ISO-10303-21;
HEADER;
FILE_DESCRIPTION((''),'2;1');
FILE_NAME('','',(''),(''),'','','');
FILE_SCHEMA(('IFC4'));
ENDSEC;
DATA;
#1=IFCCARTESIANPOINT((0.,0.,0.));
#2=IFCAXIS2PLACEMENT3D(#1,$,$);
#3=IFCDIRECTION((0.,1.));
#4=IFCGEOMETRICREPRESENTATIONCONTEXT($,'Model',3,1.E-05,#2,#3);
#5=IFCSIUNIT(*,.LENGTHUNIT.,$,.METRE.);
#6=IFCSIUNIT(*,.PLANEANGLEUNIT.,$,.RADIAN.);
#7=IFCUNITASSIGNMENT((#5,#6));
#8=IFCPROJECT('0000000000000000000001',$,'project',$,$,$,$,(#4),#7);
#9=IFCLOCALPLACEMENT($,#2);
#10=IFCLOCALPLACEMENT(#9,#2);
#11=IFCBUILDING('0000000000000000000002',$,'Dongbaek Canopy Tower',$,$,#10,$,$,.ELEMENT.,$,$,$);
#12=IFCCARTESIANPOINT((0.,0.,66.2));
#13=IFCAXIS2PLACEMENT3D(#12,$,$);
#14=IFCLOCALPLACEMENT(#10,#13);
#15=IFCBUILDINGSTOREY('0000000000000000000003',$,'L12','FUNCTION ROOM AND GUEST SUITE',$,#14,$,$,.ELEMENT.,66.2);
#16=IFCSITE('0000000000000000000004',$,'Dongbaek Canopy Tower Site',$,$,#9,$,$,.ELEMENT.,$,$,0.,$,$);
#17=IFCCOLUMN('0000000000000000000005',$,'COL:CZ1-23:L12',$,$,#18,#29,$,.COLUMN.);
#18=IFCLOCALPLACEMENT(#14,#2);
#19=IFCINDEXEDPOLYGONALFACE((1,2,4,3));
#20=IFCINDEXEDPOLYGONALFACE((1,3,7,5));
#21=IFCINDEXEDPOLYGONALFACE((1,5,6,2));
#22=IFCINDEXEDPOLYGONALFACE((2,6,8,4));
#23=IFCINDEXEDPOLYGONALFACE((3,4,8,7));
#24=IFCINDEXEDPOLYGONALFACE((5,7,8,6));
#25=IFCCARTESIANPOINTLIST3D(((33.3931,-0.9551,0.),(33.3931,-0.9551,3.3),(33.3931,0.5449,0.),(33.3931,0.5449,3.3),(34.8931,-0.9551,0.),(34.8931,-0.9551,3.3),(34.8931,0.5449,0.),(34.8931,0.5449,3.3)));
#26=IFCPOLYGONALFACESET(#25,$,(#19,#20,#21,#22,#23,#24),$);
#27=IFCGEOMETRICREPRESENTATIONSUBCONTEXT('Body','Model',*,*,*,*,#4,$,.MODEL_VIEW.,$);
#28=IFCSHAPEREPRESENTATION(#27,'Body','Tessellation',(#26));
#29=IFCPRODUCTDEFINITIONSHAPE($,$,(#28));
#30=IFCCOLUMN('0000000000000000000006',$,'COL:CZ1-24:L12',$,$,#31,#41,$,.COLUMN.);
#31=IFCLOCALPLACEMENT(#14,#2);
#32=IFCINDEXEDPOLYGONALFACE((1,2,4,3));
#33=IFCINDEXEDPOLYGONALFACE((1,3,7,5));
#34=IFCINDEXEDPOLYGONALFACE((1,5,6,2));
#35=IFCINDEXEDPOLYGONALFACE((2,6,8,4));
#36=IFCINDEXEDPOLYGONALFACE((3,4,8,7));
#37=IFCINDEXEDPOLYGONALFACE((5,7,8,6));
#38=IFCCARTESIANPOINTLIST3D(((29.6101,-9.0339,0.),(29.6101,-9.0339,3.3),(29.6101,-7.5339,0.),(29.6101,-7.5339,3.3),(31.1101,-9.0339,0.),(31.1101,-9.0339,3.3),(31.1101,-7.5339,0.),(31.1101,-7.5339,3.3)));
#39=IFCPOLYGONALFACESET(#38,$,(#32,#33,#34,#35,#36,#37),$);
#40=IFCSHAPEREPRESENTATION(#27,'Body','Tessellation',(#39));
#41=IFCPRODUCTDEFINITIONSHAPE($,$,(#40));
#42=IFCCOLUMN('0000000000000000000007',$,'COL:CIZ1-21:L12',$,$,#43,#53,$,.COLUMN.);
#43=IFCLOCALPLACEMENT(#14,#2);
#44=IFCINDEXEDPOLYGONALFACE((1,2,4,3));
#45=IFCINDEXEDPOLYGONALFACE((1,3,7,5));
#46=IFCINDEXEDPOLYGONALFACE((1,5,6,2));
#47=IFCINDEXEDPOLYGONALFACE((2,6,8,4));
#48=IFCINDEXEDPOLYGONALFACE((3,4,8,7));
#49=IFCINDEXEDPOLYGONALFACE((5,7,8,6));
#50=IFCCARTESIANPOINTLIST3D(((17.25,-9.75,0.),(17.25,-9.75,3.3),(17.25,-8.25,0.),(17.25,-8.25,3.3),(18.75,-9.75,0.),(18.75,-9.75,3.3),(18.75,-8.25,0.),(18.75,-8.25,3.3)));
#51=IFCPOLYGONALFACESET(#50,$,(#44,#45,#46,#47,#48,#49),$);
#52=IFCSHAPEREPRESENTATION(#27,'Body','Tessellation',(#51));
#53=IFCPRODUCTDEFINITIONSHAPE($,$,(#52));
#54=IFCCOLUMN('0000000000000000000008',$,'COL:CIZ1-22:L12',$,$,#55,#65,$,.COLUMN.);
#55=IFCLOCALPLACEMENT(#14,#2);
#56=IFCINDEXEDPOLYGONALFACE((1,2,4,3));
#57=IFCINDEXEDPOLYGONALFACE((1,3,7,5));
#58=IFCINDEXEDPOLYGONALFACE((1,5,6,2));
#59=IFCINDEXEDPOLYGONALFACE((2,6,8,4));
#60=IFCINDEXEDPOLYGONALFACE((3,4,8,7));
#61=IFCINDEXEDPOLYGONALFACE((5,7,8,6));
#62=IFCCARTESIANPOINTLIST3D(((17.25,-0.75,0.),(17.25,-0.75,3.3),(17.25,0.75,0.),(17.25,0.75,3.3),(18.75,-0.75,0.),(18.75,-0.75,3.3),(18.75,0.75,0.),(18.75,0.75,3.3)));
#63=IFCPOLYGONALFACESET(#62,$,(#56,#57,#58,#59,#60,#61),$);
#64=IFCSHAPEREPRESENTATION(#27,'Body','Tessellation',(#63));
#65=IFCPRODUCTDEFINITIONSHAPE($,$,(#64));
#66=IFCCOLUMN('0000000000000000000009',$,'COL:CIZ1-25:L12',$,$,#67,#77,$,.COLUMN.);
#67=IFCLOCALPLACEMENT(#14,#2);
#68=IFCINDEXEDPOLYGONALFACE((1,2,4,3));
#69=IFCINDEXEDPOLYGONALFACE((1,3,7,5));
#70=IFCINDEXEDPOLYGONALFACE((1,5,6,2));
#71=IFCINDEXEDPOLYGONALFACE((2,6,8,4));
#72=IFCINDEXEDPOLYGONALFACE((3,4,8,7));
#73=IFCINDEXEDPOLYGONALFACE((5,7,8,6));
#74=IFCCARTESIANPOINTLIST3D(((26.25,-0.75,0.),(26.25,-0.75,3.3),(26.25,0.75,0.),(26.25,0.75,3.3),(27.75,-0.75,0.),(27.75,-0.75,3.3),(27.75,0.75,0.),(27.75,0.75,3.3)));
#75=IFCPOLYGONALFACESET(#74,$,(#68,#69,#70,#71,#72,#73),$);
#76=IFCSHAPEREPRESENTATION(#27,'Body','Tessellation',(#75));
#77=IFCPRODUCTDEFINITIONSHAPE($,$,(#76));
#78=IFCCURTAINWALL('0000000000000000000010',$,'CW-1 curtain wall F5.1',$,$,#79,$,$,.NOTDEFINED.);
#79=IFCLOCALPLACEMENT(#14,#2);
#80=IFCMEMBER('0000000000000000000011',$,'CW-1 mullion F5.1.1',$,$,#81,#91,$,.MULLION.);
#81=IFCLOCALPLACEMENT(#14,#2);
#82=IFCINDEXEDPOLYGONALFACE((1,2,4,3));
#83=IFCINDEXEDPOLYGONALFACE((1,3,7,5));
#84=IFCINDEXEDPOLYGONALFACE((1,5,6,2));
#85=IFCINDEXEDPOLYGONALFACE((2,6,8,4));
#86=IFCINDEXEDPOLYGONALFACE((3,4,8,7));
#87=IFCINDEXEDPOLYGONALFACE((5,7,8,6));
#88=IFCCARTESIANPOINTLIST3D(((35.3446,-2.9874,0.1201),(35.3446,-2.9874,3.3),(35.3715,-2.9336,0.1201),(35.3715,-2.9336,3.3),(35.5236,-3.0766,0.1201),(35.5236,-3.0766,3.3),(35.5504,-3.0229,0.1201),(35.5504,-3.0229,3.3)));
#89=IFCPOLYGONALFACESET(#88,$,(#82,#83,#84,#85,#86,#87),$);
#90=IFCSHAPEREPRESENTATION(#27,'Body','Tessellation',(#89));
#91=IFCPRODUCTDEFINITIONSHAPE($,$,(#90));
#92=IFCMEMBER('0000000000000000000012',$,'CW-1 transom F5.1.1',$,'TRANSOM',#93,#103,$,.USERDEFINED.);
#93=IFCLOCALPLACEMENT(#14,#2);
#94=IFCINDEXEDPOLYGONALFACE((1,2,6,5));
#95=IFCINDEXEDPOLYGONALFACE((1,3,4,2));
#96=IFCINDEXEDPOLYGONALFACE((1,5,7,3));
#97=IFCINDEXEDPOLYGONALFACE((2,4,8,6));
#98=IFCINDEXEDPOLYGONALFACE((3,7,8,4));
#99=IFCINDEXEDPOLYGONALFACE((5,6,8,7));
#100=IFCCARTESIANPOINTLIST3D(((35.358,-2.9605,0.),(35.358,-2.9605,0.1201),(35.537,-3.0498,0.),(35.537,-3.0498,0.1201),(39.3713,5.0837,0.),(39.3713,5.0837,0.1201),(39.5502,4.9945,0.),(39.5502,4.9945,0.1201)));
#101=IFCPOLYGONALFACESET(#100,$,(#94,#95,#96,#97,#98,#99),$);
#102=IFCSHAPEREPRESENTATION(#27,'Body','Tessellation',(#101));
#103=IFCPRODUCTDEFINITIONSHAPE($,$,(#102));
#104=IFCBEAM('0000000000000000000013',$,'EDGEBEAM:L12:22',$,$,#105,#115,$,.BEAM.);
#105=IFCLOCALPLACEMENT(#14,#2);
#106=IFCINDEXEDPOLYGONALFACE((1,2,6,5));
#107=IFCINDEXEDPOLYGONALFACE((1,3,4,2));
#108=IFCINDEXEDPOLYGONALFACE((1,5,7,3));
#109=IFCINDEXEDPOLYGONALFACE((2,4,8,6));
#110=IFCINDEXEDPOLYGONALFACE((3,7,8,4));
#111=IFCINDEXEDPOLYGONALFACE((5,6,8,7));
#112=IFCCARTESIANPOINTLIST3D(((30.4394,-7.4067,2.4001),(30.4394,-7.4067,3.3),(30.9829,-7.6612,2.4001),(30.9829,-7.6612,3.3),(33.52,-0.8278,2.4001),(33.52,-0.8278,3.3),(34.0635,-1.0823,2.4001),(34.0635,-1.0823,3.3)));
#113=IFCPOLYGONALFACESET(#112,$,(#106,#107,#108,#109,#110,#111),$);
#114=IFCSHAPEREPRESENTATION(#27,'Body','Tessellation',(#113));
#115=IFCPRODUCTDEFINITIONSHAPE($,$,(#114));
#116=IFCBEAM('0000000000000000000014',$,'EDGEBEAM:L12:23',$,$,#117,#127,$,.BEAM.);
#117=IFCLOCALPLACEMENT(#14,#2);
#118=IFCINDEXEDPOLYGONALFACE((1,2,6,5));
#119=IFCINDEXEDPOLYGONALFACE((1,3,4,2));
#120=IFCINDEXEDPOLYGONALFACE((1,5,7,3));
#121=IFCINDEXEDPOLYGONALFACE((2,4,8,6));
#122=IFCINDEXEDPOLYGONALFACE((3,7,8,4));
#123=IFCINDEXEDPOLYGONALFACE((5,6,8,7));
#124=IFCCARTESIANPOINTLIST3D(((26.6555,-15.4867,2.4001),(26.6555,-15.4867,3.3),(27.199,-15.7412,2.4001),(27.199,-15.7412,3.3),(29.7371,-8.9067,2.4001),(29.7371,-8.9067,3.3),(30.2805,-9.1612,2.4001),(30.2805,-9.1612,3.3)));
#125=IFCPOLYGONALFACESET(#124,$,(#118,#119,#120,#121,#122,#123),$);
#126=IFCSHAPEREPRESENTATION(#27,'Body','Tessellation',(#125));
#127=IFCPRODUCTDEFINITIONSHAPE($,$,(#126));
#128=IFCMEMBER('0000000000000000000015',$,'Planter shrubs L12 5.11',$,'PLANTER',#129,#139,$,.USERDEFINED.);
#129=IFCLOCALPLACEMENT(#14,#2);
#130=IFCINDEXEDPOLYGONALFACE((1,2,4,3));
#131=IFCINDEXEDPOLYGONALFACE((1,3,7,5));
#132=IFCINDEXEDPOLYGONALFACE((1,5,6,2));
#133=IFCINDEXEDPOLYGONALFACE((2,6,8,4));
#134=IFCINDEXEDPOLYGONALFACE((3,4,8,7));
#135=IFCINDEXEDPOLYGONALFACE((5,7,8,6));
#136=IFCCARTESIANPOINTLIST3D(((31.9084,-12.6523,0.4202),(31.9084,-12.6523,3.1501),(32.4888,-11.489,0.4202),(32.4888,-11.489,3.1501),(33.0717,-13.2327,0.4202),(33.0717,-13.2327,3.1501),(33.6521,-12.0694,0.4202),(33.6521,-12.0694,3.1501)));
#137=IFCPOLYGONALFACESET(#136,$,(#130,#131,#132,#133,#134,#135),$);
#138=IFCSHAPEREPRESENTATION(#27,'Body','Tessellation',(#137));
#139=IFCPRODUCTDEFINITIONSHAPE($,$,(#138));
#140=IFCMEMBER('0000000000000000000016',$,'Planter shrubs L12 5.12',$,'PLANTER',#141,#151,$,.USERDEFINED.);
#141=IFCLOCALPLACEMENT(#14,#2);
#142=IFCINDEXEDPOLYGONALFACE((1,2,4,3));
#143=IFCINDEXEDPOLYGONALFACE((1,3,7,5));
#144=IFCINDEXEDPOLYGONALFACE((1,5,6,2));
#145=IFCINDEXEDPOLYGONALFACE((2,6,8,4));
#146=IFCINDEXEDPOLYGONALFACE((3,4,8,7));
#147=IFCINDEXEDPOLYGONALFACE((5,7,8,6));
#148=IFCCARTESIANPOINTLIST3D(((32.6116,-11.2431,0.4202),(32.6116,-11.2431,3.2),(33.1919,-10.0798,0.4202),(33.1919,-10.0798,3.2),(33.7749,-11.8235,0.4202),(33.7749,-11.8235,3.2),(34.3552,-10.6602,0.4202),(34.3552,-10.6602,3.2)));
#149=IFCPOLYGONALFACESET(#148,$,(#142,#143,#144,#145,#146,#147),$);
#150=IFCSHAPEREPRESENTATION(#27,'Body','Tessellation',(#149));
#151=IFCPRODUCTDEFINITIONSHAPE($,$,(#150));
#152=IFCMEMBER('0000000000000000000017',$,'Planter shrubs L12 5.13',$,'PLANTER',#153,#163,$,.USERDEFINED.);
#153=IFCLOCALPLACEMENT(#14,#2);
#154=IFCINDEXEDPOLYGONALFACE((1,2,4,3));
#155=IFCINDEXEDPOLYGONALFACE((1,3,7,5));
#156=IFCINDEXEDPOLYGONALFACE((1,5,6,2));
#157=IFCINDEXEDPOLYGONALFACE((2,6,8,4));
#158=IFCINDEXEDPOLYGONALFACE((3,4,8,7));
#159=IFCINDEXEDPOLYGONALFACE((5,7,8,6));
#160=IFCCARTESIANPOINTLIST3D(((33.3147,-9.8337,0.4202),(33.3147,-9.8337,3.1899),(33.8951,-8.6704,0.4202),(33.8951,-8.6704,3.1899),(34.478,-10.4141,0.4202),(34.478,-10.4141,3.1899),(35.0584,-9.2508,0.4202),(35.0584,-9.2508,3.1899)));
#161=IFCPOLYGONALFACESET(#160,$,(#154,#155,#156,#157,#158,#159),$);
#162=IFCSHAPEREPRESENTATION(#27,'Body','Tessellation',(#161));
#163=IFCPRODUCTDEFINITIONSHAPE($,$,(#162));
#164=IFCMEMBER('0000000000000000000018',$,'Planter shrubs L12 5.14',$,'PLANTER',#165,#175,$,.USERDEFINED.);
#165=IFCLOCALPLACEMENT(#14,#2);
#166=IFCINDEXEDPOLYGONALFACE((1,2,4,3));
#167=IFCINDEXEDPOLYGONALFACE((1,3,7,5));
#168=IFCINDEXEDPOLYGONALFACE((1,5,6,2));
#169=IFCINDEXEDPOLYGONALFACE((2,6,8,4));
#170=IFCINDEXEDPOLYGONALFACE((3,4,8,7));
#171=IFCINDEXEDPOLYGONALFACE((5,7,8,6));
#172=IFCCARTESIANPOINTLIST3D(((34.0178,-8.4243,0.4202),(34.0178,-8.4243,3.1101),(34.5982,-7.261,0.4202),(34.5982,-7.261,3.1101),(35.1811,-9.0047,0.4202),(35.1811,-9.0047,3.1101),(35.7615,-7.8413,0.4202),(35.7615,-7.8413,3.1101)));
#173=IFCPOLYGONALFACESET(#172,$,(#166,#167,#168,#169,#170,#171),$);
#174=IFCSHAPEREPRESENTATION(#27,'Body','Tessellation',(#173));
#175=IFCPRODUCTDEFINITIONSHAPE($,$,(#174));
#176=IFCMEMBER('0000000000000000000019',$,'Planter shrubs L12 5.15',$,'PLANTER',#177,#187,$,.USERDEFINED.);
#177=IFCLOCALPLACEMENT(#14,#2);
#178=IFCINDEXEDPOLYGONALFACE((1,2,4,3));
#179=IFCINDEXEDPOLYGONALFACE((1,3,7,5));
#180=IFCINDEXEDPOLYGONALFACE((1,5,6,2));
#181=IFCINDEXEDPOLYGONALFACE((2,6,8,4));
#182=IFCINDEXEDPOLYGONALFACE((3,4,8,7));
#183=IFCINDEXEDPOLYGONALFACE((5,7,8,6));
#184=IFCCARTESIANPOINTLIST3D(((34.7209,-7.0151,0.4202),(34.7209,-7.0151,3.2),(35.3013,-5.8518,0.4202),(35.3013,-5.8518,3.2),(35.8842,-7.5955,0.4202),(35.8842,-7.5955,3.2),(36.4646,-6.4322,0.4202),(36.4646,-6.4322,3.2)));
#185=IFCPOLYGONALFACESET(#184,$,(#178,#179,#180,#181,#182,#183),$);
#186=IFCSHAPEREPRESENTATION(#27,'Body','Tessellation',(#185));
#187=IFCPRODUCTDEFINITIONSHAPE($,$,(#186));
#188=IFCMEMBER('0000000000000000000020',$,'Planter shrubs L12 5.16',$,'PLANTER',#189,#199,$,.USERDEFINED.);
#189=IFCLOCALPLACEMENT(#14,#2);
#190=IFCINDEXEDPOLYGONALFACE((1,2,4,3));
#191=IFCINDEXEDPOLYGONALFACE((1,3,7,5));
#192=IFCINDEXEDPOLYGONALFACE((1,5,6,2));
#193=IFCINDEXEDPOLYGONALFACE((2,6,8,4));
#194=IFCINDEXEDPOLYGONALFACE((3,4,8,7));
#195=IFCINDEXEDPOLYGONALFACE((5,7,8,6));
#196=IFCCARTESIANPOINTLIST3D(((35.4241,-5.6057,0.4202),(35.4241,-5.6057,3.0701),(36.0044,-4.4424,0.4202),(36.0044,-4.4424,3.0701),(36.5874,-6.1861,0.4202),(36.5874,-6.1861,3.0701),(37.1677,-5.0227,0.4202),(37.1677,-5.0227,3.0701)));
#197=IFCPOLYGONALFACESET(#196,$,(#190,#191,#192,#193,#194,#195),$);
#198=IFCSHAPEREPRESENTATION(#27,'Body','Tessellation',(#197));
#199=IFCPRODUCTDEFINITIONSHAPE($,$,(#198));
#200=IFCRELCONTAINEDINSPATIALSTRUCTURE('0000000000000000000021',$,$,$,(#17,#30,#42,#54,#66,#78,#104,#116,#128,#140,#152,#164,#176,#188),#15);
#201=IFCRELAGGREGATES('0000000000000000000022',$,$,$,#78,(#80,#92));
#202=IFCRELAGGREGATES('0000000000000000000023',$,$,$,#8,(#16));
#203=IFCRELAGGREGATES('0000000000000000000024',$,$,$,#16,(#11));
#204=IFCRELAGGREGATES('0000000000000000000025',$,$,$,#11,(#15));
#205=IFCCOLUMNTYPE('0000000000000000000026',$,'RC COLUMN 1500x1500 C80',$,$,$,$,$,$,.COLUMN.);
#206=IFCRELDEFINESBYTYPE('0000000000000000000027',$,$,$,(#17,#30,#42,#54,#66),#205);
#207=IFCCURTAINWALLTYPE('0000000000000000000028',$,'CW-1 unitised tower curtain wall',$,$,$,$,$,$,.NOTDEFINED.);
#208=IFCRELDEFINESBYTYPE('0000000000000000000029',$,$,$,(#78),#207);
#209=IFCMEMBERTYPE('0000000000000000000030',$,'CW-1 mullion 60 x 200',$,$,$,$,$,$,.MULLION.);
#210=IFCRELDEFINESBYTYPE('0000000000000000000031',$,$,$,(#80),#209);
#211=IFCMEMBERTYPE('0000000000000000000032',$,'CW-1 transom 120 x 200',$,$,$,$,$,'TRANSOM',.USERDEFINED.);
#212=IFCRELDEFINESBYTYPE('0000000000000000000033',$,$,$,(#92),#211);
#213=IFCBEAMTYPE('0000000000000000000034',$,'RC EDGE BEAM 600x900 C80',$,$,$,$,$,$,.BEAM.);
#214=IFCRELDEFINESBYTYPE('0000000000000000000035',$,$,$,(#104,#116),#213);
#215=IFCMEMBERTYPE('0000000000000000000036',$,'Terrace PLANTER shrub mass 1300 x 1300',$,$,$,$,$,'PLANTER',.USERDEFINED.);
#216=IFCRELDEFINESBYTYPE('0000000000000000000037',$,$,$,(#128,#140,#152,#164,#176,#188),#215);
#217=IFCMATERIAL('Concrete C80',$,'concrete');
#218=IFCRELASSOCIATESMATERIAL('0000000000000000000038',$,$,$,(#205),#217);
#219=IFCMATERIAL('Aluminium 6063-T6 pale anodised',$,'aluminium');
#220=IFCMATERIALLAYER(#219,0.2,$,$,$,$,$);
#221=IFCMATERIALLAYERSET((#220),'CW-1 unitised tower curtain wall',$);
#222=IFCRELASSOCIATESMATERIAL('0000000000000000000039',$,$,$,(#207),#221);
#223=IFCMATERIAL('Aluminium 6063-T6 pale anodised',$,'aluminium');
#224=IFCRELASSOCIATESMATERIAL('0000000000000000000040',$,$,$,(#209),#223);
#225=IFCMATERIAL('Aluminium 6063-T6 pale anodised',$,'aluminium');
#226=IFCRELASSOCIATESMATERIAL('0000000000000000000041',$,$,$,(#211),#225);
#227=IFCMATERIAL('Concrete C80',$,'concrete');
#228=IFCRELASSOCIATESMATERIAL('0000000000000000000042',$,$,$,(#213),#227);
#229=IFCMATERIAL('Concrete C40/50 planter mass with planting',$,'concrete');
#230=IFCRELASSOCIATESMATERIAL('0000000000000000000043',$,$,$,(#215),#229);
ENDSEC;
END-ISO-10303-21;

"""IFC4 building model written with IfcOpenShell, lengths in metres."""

from ifc_helpers import new_model, si_unit, direction, frame, origin, origin_2d, place, context, subcontext, project, spatial, rectangle, extrude, material, layer, layer_set, material_profile, profile_set, type_object, element, aggregate, save


model = new_model("IFC4")

# Units and contexts
model_context = context("Model", 3, precision=1e-05, world=origin(), true_north=direction((0.0, 1.0)))
body_context = subcontext(model_context, "Body", "Model", "MODEL_VIEW")
ifc_project = project(units=[si_unit("LENGTHUNIT", "METRE"), si_unit("PLANEANGLEUNIT", "RADIAN")], contexts=[model_context])

# Site, building, storey
site_placement = place(None, origin())
site = spatial("IfcSite", under=ifc_project, at=site_placement, Name="Dongbaek Canopy Tower Site", CompositionType="ELEMENT", RefElevation=0.0)
building_placement = place(site_placement, origin())
building = spatial("IfcBuilding", under=site, at=building_placement, Name="Dongbaek Canopy Tower", CompositionType="ELEMENT")
storey_placement = place(building_placement, frame((0.0, 0.0, 66.2)))
storey = spatial("IfcBuildingStorey", under=building, at=storey_placement, Name="L12", Description="FUNCTION ROOM AND GUEST SUITE", CompositionType="ELEMENT", Elevation=66.2)

# Columns
ifc_material_1 = material(Name="Concrete C80", Category="concrete")
ifc_material_profile_1 = material_profile(ifc_material_1, rectangle(XDim=1.5, YDim=1.5, at=origin_2d()), Name="RC COLUMN 1500x1500 C80")
ifc_profile_set_1 = profile_set([ifc_material_profile_1], Name="Concrete C80")
column_type = type_object("IfcColumnType", Name="RC COLUMN 1500x1500 C80", PredefinedType="COLUMN", material=ifc_profile_set_1)
for number, where, z_axis, x_axis, name in (
    (1, (34.1431, -0.2051, 0.0), (0.0, 0.0, 1.0), (1.0, 0.0, 0.0), "COL:CZ1-23:L12"),
    (2, (30.3601, -8.2839, 0.0), (0.0, 0.0, 1.0), (1.0, 0.0, 0.0), "COL:CZ1-24:L12"),
    (3, (18.0, -9.0, 0.0), (0.0, 0.0, 1.0), (1.0, 0.0, 0.0), "COL:CIZ1-21:L12"),
    (4, (18.0, 0.0, 0.0), (0.0, 0.0, 1.0), (1.0, 0.0, 0.0), "COL:CIZ1-22:L12"),
    (5, (27.0, 0.0, 0.0), (0.0, 0.0, 1.0), (1.0, 0.0, 0.0), "COL:CIZ1-25:L12"),
):
    element("IfcColumn", number, at=place(storey_placement, frame(where, z_axis=z_axis, x_axis=x_axis)), inside=storey, type_object=column_type, Name=name, PredefinedType="COLUMN", context=body_context, shape_type="SweptSolid", body=[
        extrude(rectangle(XDim=1.5, YDim=1.5, at=origin_2d()), origin(), (0.0, 0.0, 1.0), 3.3),
    ])

# Curtain wall, members
ifc_material_2 = material(Name="Aluminium 6063-T6 pale anodised", Category="aluminium")
ifc_layer_1 = layer(ifc_material_2, 0.2)
ifc_layer_set_1 = layer_set([ifc_layer_1], Name="CW-1 unitised tower curtain wall")
curtain_wall_type = type_object("IfcCurtainWallType", Name="CW-1 unitised tower curtain wall", PredefinedType="NOTDEFINED", material=ifc_layer_set_1)
curtain_wall_placement = place(storey_placement, origin())
curtain_wall = element("IfcCurtainWall", 6, at=curtain_wall_placement, inside=storey, type_object=curtain_wall_type, Name="CW-1 curtain wall F5.1", PredefinedType="NOTDEFINED")
ifc_material_3 = material(Name="Aluminium 6063-T6 pale anodised", Category="aluminium")
ifc_material_profile_2 = material_profile(ifc_material_3, rectangle(XDim=0.2, YDim=0.0601, at=origin_2d()), Name="CW-1 mullion 60 x 200")
ifc_profile_set_2 = profile_set([ifc_material_profile_2], Name="Aluminium 6063-T6 pale anodised")
member_type_1 = type_object("IfcMemberType", Name="CW-1 mullion 60 x 200", PredefinedType="MULLION", material=ifc_profile_set_2)
member_1_placement = place(storey_placement, frame((35.4475, -3.0051, 0.1201), z_axis=(0.0, 0.0, 1.0), x_axis=(0.894823, -0.44642, 0.0)))
member_1 = element("IfcMember", 7, at=member_1_placement, type_object=member_type_1, Name="CW-1 mullion F5.1.1", PredefinedType="MULLION", context=body_context, shape_type="SweptSolid", body=[
    extrude(rectangle(XDim=0.2, YDim=0.0601, at=origin_2d()), origin(), (0.0, 0.0, 1.0), 3.1799),
])
ifc_material_4 = material(Name="Aluminium 6063-T6 pale anodised", Category="aluminium")
ifc_material_profile_3 = material_profile(ifc_material_4, rectangle(XDim=0.2, YDim=0.1201, at=origin_2d()), Name="CW-1 transom 120 x 200")
ifc_profile_set_3 = profile_set([ifc_material_profile_3], Name="Aluminium 6063-T6 pale anodised")
member_type_2 = type_object("IfcMemberType", Name="CW-1 transom 120 x 200", ElementType="TRANSOM", PredefinedType="USERDEFINED", material=ifc_profile_set_3)
member_2_placement = place(storey_placement, frame((35.4475, -3.0051, 0.0601), z_axis=(0.44642, 0.894823, 0.0), x_axis=(-0.894823, 0.44642, 0.0)))
member_2 = element("IfcMember", 8, at=member_2_placement, type_object=member_type_2, Name="CW-1 transom F5.1.1", ObjectType="TRANSOM", PredefinedType="USERDEFINED", context=body_context, shape_type="SweptSolid", body=[
    extrude(rectangle(XDim=0.2, YDim=0.1201, at=origin_2d()), origin(), (0.0, 0.0, 1.0), 8.9897),
])

# Beams
ifc_material_5 = material(Name="Concrete C80", Category="concrete")
ifc_material_profile_4 = material_profile(ifc_material_5, rectangle(XDim=0.6001, YDim=0.8999, at=origin_2d()), Name="RC EDGE BEAM 600x900 C80")
ifc_profile_set_4 = profile_set([ifc_material_profile_4], Name="Concrete C80")
beam_type = type_object("IfcBeamType", Name="RC EDGE BEAM 600x900 C80", PredefinedType="BEAM", material=ifc_profile_set_4)
beam_1_placement = place(storey_placement, frame((33.7917, -0.9551, 2.8501), z_axis=(-0.424064, -0.905632, 0.0), x_axis=(0.905632, -0.424064, 0.0)))
element("IfcBeam", 9, at=beam_1_placement, inside=storey, type_object=beam_type, Name="EDGEBEAM:L12:22", PredefinedType="BEAM", context=body_context, shape_type="SweptSolid", body=[
    extrude(rectangle(XDim=0.6001, YDim=0.8999, at=origin_2d()), origin(), (0.0, 0.0, 1.0), 7.2644),
])
beam_2_placement = place(storey_placement, frame((30.0088, -9.0339, 2.8501), z_axis=(-0.42411, -0.905611, 0.0), x_axis=(0.905611, -0.42411, 0.0)))
element("IfcBeam", 10, at=beam_2_placement, inside=storey, type_object=beam_type, Name="EDGEBEAM:L12:23", PredefinedType="BEAM", context=body_context, shape_type="SweptSolid", body=[
    extrude(rectangle(XDim=0.6001, YDim=0.8999, at=origin_2d()), origin(), (0.0, 0.0, 1.0), 7.2659),
])

# Members
ifc_material_6 = material(Name="Concrete C40/50 planter mass with planting", Category="concrete")
ifc_material_profile_5 = material_profile(ifc_material_6, rectangle(XDim=1.3, YDim=1.3, at=origin_2d()), Name="Terrace PLANTER shrub mass 1300 x 1300")
ifc_profile_set_5 = profile_set([ifc_material_profile_5], Name="Concrete C40/50 planter mass with planting")
member_type_3 = type_object("IfcMemberType", Name="Terrace PLANTER shrub mass 1300 x 1300", ElementType="PLANTER", PredefinedType="USERDEFINED", material=ifc_profile_set_5)
member_3_placement = place(storey_placement, frame((32.7803, -12.3608, 0.4202), z_axis=(0.0, 0.0, 1.0), x_axis=(0.894823, -0.44642, 0.0)))
element("IfcMember", 11, at=member_3_placement, inside=storey, type_object=member_type_3, Name="Planter shrubs L12 5.11", ObjectType="PLANTER", PredefinedType="USERDEFINED", context=body_context, shape_type="SweptSolid", body=[
    extrude(rectangle(XDim=1.3, YDim=1.3, at=origin_2d()), origin(), (0.0, 0.0, 1.0), 2.73),
])
member_4_placement = place(storey_placement, frame((33.4834, -10.9517, 0.4202), z_axis=(0.0, 0.0, 1.0), x_axis=(0.894823, -0.44642, 0.0)))
element("IfcMember", 12, at=member_4_placement, inside=storey, type_object=member_type_3, Name="Planter shrubs L12 5.12", ObjectType="PLANTER", PredefinedType="USERDEFINED", context=body_context, shape_type="SweptSolid", body=[
    extrude(rectangle(XDim=1.3, YDim=1.3, at=origin_2d()), origin(), (0.0, 0.0, 1.0), 2.7798),
])
member_5_placement = place(storey_placement, frame((34.1865, -9.5422, 0.4202), z_axis=(0.0, 0.0, 1.0), x_axis=(0.894823, -0.44642, 0.0)))
element("IfcMember", 13, at=member_5_placement, inside=storey, type_object=member_type_3, Name="Planter shrubs L12 5.13", ObjectType="PLANTER", PredefinedType="USERDEFINED", context=body_context, shape_type="SweptSolid", body=[
    extrude(rectangle(XDim=1.3, YDim=1.3, at=origin_2d()), origin(), (0.0, 0.0, 1.0), 2.7698),
])
member_6_placement = place(storey_placement, frame((34.8896, -8.1328, 0.4202), z_axis=(0.0, 0.0, 1.0), x_axis=(0.894823, -0.44642, 0.0)))
element("IfcMember", 14, at=member_6_placement, inside=storey, type_object=member_type_3, Name="Planter shrubs L12 5.14", ObjectType="PLANTER", PredefinedType="USERDEFINED", context=body_context, shape_type="SweptSolid", body=[
    extrude(rectangle(XDim=1.3, YDim=1.3, at=origin_2d()), origin(), (0.0, 0.0, 1.0), 2.6899),
])
member_7_placement = place(storey_placement, frame((35.5928, -6.7236, 0.4202), z_axis=(0.0, 0.0, 1.0), x_axis=(0.894823, -0.44642, 0.0)))
element("IfcMember", 15, at=member_7_placement, inside=storey, type_object=member_type_3, Name="Planter shrubs L12 5.15", ObjectType="PLANTER", PredefinedType="USERDEFINED", context=body_context, shape_type="SweptSolid", body=[
    extrude(rectangle(XDim=1.3, YDim=1.3, at=origin_2d()), origin(), (0.0, 0.0, 1.0), 2.7798),
])
member_8_placement = place(storey_placement, frame((36.2959, -5.3142, 0.4202), z_axis=(0.0, 0.0, 1.0), x_axis=(0.894823, -0.44642, 0.0)))
element("IfcMember", 16, at=member_8_placement, inside=storey, type_object=member_type_3, Name="Planter shrubs L12 5.16", ObjectType="PLANTER", PredefinedType="USERDEFINED", context=body_context, shape_type="SweptSolid", body=[
    extrude(rectangle(XDim=1.3, YDim=1.3, at=origin_2d()), origin(), (0.0, 0.0, 1.0), 2.6499),
])

aggregate(curtain_wall, [member_1, member_2])

save(model, "model.ifc")
